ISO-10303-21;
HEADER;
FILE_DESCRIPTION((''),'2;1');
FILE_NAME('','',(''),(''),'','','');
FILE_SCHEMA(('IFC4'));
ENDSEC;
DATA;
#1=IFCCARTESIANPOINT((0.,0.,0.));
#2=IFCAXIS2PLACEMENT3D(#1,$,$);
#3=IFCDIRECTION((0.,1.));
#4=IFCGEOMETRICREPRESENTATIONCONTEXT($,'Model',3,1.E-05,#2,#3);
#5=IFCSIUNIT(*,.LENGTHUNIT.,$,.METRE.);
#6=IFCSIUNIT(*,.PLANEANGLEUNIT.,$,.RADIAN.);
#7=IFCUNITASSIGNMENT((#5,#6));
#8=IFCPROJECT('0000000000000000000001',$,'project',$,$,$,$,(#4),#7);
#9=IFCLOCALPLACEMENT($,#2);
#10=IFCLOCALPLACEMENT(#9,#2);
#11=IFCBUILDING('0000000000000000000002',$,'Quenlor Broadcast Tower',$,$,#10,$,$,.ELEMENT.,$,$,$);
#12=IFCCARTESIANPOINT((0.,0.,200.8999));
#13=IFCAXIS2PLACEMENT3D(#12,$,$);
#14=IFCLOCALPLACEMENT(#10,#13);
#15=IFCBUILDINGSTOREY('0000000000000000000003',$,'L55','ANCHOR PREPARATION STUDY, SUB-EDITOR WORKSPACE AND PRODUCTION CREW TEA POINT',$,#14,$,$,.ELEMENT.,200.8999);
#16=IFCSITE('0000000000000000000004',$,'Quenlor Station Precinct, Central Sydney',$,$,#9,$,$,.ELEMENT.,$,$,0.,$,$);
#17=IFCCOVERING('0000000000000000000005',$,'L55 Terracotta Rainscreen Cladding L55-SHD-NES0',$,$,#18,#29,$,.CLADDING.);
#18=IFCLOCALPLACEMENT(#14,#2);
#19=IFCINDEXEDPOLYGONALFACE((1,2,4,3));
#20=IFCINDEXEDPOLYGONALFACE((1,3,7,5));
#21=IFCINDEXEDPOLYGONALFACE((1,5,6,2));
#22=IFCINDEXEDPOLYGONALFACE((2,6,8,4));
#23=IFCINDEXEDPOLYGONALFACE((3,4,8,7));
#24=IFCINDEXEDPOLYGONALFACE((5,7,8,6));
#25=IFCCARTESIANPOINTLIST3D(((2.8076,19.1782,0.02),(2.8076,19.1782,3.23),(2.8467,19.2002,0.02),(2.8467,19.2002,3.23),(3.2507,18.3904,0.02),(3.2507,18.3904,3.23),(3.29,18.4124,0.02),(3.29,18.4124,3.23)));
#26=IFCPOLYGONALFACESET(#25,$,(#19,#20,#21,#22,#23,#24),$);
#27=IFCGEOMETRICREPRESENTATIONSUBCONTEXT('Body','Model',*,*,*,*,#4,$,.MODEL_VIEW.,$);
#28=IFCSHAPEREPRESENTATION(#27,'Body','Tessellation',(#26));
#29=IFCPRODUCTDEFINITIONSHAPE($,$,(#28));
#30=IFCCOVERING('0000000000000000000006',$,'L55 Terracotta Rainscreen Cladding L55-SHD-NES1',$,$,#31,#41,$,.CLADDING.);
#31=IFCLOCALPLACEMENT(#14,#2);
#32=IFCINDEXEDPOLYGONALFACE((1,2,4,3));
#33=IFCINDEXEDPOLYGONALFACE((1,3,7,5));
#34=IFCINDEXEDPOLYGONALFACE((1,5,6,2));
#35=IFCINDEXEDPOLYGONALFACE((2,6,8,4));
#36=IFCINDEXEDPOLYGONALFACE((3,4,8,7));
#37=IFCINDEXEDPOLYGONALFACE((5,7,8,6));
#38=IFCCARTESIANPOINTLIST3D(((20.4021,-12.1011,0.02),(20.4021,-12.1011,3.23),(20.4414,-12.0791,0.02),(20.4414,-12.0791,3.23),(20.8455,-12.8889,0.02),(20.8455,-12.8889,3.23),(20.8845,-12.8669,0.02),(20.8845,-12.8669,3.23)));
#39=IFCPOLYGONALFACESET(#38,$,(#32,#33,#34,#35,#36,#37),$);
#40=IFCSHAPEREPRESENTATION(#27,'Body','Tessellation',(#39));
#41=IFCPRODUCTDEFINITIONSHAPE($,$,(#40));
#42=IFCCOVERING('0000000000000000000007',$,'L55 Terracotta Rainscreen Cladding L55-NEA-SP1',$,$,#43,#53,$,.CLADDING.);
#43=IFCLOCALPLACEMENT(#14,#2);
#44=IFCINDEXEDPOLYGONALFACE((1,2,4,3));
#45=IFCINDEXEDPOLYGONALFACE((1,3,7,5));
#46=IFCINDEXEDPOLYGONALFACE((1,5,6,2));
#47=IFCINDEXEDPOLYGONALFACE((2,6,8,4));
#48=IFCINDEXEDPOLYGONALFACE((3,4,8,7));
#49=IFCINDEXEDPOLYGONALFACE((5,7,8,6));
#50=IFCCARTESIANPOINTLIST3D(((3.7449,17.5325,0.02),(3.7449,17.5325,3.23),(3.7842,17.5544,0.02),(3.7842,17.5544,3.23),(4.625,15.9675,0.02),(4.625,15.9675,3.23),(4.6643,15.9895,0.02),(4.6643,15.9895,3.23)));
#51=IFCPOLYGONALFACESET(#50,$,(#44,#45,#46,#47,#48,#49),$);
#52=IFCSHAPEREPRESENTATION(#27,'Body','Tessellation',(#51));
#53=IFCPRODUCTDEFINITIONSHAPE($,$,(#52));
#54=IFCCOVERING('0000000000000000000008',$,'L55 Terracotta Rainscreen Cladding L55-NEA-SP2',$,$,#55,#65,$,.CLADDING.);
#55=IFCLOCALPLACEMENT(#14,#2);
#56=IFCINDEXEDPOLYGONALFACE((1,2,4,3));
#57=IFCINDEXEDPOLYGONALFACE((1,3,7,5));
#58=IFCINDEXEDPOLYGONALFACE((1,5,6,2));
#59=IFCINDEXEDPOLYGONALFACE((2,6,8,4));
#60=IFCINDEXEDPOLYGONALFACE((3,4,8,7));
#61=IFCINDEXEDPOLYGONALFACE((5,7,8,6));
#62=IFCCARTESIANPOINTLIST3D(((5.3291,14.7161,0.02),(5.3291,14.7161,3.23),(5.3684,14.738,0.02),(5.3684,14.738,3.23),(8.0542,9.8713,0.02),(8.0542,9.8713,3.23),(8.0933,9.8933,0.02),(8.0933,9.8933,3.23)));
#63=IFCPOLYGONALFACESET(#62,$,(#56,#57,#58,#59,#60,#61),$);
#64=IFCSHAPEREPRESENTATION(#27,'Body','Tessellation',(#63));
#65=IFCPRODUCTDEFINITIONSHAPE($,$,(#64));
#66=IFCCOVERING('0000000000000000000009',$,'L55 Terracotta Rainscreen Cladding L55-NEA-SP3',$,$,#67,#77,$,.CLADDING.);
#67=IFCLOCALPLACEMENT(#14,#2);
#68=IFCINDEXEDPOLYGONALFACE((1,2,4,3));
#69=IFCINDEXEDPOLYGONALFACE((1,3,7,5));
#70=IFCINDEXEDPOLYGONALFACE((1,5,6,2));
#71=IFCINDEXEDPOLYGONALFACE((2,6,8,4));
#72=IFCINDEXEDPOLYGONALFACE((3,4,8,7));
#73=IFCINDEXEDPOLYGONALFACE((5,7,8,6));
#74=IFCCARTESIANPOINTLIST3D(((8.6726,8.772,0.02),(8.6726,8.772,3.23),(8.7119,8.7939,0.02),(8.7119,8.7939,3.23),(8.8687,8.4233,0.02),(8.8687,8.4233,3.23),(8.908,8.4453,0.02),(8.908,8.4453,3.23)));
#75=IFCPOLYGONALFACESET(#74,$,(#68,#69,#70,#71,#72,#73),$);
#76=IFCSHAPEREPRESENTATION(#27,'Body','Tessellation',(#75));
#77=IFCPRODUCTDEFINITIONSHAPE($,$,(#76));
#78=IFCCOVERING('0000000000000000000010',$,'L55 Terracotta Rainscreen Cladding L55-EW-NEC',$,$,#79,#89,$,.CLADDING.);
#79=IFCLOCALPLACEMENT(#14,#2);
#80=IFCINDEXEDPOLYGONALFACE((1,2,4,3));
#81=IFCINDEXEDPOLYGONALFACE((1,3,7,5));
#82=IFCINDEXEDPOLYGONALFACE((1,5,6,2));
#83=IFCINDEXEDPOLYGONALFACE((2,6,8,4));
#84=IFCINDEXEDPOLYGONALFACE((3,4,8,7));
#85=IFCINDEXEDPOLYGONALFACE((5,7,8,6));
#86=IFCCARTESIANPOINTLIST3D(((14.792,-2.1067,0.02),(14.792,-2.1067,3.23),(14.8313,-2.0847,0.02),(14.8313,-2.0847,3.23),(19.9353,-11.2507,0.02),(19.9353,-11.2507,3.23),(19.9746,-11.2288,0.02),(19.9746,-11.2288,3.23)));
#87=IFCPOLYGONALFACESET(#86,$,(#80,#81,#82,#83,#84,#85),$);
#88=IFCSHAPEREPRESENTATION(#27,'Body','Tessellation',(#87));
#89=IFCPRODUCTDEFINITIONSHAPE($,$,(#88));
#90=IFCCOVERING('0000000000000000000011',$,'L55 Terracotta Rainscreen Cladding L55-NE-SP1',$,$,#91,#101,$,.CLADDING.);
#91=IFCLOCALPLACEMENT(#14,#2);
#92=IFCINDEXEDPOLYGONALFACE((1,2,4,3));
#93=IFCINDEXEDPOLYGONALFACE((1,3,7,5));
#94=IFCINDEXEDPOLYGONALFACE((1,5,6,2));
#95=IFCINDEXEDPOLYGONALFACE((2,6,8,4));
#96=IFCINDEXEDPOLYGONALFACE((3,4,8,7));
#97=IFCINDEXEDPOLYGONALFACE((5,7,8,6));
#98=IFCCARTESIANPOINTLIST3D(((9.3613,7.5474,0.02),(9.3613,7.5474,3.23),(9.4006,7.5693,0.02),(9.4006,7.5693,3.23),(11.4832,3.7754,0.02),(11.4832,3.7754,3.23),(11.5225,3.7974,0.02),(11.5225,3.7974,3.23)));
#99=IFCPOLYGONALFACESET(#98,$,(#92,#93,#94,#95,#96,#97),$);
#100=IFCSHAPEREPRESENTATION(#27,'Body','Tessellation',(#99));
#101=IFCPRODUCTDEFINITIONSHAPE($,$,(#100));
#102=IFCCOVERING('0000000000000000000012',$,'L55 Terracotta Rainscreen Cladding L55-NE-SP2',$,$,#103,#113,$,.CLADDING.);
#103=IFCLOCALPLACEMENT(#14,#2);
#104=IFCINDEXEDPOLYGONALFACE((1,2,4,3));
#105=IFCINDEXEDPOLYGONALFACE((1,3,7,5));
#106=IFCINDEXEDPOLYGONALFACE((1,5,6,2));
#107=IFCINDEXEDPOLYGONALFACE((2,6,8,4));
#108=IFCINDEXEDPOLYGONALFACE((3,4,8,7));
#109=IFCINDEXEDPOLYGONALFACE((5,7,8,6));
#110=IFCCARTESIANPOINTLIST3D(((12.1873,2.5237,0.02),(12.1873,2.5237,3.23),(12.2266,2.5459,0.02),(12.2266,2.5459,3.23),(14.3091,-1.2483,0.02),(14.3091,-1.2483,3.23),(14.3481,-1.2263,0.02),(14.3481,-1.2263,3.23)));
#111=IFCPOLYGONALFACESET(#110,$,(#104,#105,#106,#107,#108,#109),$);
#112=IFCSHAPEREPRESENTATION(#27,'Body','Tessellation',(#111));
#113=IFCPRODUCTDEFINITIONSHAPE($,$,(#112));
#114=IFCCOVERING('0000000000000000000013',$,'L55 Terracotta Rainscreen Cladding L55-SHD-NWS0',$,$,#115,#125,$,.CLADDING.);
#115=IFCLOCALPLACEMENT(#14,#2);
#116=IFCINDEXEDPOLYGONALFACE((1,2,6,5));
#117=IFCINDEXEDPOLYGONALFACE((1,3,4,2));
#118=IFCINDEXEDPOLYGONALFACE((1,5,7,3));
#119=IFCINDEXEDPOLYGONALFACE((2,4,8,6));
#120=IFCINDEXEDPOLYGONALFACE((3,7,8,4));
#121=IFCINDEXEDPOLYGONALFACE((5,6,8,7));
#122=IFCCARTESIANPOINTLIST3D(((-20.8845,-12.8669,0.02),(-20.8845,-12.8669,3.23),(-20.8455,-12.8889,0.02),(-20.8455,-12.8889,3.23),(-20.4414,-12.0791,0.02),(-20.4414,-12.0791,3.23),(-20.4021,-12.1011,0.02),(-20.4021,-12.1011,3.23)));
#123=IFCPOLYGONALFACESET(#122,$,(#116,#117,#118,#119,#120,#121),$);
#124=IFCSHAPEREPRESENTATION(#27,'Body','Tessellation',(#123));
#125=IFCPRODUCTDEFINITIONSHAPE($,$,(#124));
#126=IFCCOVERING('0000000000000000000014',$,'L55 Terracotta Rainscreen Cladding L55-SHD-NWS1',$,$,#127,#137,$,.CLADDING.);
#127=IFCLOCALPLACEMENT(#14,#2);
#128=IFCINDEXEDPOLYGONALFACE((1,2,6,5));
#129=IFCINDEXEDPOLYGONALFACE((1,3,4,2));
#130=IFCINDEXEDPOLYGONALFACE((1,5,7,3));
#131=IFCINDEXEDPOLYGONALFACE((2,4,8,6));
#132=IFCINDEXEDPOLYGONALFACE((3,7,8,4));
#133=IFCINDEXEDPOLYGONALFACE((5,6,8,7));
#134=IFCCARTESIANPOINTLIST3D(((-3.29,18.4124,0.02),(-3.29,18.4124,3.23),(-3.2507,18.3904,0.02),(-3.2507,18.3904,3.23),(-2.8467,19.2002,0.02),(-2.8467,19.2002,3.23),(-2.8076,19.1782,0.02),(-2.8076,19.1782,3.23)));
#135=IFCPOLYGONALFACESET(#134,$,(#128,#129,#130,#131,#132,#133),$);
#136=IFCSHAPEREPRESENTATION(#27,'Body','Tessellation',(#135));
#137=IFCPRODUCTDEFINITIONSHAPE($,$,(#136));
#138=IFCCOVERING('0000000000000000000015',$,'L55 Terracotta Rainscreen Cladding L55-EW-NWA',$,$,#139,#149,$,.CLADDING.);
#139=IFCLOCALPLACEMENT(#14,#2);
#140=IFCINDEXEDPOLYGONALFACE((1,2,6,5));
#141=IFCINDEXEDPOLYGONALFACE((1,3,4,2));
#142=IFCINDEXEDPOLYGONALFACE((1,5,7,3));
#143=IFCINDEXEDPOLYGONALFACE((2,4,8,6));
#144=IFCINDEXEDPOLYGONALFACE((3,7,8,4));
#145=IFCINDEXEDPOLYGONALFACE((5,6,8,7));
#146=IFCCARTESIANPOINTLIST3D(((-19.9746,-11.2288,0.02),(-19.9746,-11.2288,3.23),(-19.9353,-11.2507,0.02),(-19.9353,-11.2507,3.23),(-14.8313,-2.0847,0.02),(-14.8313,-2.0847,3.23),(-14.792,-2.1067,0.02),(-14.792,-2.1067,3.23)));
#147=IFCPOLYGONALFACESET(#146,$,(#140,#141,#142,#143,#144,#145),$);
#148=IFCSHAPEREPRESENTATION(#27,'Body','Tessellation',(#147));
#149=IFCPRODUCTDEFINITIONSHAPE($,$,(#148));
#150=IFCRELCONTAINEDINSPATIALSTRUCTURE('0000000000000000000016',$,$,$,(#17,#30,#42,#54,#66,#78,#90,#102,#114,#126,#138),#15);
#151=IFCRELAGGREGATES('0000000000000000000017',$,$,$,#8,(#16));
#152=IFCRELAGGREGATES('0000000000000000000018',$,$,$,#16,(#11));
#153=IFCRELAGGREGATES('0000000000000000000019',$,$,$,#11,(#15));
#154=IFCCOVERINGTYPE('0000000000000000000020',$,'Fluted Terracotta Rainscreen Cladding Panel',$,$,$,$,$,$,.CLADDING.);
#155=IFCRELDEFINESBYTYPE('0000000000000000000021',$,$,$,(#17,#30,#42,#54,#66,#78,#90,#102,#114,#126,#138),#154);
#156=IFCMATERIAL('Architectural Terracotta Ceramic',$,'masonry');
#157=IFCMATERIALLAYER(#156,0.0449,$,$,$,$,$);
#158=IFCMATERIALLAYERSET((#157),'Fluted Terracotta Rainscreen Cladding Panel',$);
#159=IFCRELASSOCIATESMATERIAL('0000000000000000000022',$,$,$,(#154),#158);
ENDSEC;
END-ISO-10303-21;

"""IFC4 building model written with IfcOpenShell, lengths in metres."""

from ifc_helpers import new_model, si_unit, direction, frame, origin, place, context, subcontext, project, spatial, polyline, outline, extrude, material, layer, layer_set, type_object, element, save


model = new_model("IFC4")

# Units and contexts
model_context = context("Model", 3, precision=1e-05, world=origin(), true_north=direction((0.0, 1.0)))
body_context = subcontext(model_context, "Body", "Model", "MODEL_VIEW")
ifc_project = project(units=[si_unit("LENGTHUNIT", "METRE"), si_unit("PLANEANGLEUNIT", "RADIAN")], contexts=[model_context])

# Site, building, storey
site_placement = place(None, origin())
site = spatial("IfcSite", under=ifc_project, at=site_placement, Name="Quenlor Station Precinct, Central Sydney", CompositionType="ELEMENT", RefElevation=0.0)
building_placement = place(site_placement, origin())
building = spatial("IfcBuilding", under=site, at=building_placement, Name="Quenlor Broadcast Tower", CompositionType="ELEMENT")
storey_placement = place(building_placement, frame((0.0, 0.0, 200.8999)))
storey = spatial("IfcBuildingStorey", under=building, at=storey_placement, Name="L55", Description="ANCHOR PREPARATION STUDY, SUB-EDITOR WORKSPACE AND PRODUCTION CREW TEA POINT", CompositionType="ELEMENT", Elevation=200.8999)

# Coverings
ifc_material_1 = material(Name="Architectural Terracotta Ceramic", Category="masonry")
ifc_layer_1 = layer(ifc_material_1, 0.0449)
ifc_layer_set_1 = layer_set([ifc_layer_1], Name="Fluted Terracotta Rainscreen Cladding Panel")
covering_type = type_object("IfcCoveringType", Name="Fluted Terracotta Rainscreen Cladding Panel", PredefinedType="CLADDING", material=ifc_layer_set_1)
covering_1_placement = place(storey_placement, frame((0.0, 0.0, 0.02)))
element("IfcCovering", 1, at=covering_1_placement, inside=storey, type_object=covering_type, Name="L55 Terracotta Rainscreen Cladding L55-SHD-NES0", PredefinedType="CLADDING", context=body_context, shape_type="SweptSolid", body=[
    extrude(outline(polyline([(2.8076, 19.1782), (3.2507, 18.3904), (3.29, 18.4124), (2.8467, 19.2002), (2.8076, 19.1782)])), origin(), (0.0, 0.0, 1.0), 3.21),
])
covering_2_placement = place(storey_placement, frame((0.0, 0.0, 0.02)))
element("IfcCovering", 2, at=covering_2_placement, inside=storey, type_object=covering_type, Name="L55 Terracotta Rainscreen Cladding L55-SHD-NES1", PredefinedType="CLADDING", context=body_context, shape_type="SweptSolid", body=[
    extrude(outline(polyline([(20.4021, -12.1011), (20.8455, -12.8889), (20.8845, -12.8669), (20.4414, -12.0791), (20.4021, -12.1011)])), origin(), (0.0, 0.0, 1.0), 3.21),
])
covering_3_placement = place(storey_placement, frame((0.0, 0.0, 0.02)))
element("IfcCovering", 3, at=covering_3_placement, inside=storey, type_object=covering_type, Name="L55 Terracotta Rainscreen Cladding L55-NEA-SP1", PredefinedType="CLADDING", context=body_context, shape_type="SweptSolid", body=[
    extrude(outline(polyline([(3.7449, 17.5325), (4.625, 15.9675), (4.6643, 15.9895), (3.7842, 17.5544), (3.7449, 17.5325)])), origin(), (0.0, 0.0, 1.0), 3.21),
])
covering_4_placement = place(storey_placement, frame((0.0, 0.0, 0.02)))
element("IfcCovering", 4, at=covering_4_placement, inside=storey, type_object=covering_type, Name="L55 Terracotta Rainscreen Cladding L55-NEA-SP2", PredefinedType="CLADDING", context=body_context, shape_type="SweptSolid", body=[
    extrude(outline(polyline([(5.3291, 14.7161), (8.0542, 9.8713), (8.0933, 9.8933), (5.3684, 14.738), (5.3291, 14.7161)])), origin(), (0.0, 0.0, 1.0), 3.21),
])
covering_5_placement = place(storey_placement, frame((0.0, 0.0, 0.02)))
element("IfcCovering", 5, at=covering_5_placement, inside=storey, type_object=covering_type, Name="L55 Terracotta Rainscreen Cladding L55-NEA-SP3", PredefinedType="CLADDING", context=body_context, shape_type="SweptSolid", body=[
    extrude(outline(polyline([(8.6726, 8.772), (8.8687, 8.4233), (8.908, 8.4453), (8.7119, 8.7939), (8.6726, 8.772)])), origin(), (0.0, 0.0, 1.0), 3.21),
])
covering_6_placement = place(storey_placement, frame((0.0, 0.0, 0.02)))
element("IfcCovering", 6, at=covering_6_placement, inside=storey, type_object=covering_type, Name="L55 Terracotta Rainscreen Cladding L55-EW-NEC", PredefinedType="CLADDING", context=body_context, shape_type="SweptSolid", body=[
    extrude(outline(polyline([(14.792, -2.1067), (19.9353, -11.2507), (19.9746, -11.2288), (14.8313, -2.0847), (14.792, -2.1067)])), origin(), (0.0, 0.0, 1.0), 3.21),
])
covering_7_placement = place(storey_placement, frame((0.0, 0.0, 0.02)))
element("IfcCovering", 7, at=covering_7_placement, inside=storey, type_object=covering_type, Name="L55 Terracotta Rainscreen Cladding L55-NE-SP1", PredefinedType="CLADDING", context=body_context, shape_type="SweptSolid", body=[
    extrude(outline(polyline([(9.3613, 7.5474), (11.4832, 3.7754), (11.5225, 3.7974), (9.4006, 7.5693), (9.3613, 7.5474)])), origin(), (0.0, 0.0, 1.0), 3.21),
])
covering_8_placement = place(storey_placement, frame((0.0, 0.0, 0.02)))
element("IfcCovering", 8, at=covering_8_placement, inside=storey, type_object=covering_type, Name="L55 Terracotta Rainscreen Cladding L55-NE-SP2", PredefinedType="CLADDING", context=body_context, shape_type="SweptSolid", body=[
    extrude(outline(polyline([(12.1873, 2.5237), (14.3091, -1.2483), (14.3481, -1.2263), (12.2266, 2.5459), (12.1873, 2.5237)])), origin(), (0.0, 0.0, 1.0), 3.21),
])
covering_9_placement = place(storey_placement, frame((0.0, 0.0, 0.02)))
element("IfcCovering", 9, at=covering_9_placement, inside=storey, type_object=covering_type, Name="L55 Terracotta Rainscreen Cladding L55-SHD-NWS0", PredefinedType="CLADDING", context=body_context, shape_type="SweptSolid", body=[
    extrude(outline(polyline([(-20.8455, -12.8889), (-20.4021, -12.1011), (-20.4414, -12.0791), (-20.8845, -12.8669), (-20.8455, -12.8889)])), origin(), (0.0, 0.0, 1.0), 3.21),
])
covering_10_placement = place(storey_placement, frame((0.0, 0.0, 0.02)))
element("IfcCovering", 10, at=covering_10_placement, inside=storey, type_object=covering_type, Name="L55 Terracotta Rainscreen Cladding L55-SHD-NWS1", PredefinedType="CLADDING", context=body_context, shape_type="SweptSolid", body=[
    extrude(outline(polyline([(-3.2507, 18.3904), (-2.8076, 19.1782), (-2.8467, 19.2002), (-3.29, 18.4124), (-3.2507, 18.3904)])), origin(), (0.0, 0.0, 1.0), 3.21),
])
covering_11_placement = place(storey_placement, frame((0.0, 0.0, 0.02)))
element("IfcCovering", 11, at=covering_11_placement, inside=storey, type_object=covering_type, Name="L55 Terracotta Rainscreen Cladding L55-EW-NWA", PredefinedType="CLADDING", context=body_context, shape_type="SweptSolid", body=[
    extrude(outline(polyline([(-19.9353, -11.2507), (-14.792, -2.1067), (-14.8313, -2.0847), (-19.9746, -11.2288), (-19.9353, -11.2507)])), origin(), (0.0, 0.0, 1.0), 3.21),
])

save(model, "model.ifc")
